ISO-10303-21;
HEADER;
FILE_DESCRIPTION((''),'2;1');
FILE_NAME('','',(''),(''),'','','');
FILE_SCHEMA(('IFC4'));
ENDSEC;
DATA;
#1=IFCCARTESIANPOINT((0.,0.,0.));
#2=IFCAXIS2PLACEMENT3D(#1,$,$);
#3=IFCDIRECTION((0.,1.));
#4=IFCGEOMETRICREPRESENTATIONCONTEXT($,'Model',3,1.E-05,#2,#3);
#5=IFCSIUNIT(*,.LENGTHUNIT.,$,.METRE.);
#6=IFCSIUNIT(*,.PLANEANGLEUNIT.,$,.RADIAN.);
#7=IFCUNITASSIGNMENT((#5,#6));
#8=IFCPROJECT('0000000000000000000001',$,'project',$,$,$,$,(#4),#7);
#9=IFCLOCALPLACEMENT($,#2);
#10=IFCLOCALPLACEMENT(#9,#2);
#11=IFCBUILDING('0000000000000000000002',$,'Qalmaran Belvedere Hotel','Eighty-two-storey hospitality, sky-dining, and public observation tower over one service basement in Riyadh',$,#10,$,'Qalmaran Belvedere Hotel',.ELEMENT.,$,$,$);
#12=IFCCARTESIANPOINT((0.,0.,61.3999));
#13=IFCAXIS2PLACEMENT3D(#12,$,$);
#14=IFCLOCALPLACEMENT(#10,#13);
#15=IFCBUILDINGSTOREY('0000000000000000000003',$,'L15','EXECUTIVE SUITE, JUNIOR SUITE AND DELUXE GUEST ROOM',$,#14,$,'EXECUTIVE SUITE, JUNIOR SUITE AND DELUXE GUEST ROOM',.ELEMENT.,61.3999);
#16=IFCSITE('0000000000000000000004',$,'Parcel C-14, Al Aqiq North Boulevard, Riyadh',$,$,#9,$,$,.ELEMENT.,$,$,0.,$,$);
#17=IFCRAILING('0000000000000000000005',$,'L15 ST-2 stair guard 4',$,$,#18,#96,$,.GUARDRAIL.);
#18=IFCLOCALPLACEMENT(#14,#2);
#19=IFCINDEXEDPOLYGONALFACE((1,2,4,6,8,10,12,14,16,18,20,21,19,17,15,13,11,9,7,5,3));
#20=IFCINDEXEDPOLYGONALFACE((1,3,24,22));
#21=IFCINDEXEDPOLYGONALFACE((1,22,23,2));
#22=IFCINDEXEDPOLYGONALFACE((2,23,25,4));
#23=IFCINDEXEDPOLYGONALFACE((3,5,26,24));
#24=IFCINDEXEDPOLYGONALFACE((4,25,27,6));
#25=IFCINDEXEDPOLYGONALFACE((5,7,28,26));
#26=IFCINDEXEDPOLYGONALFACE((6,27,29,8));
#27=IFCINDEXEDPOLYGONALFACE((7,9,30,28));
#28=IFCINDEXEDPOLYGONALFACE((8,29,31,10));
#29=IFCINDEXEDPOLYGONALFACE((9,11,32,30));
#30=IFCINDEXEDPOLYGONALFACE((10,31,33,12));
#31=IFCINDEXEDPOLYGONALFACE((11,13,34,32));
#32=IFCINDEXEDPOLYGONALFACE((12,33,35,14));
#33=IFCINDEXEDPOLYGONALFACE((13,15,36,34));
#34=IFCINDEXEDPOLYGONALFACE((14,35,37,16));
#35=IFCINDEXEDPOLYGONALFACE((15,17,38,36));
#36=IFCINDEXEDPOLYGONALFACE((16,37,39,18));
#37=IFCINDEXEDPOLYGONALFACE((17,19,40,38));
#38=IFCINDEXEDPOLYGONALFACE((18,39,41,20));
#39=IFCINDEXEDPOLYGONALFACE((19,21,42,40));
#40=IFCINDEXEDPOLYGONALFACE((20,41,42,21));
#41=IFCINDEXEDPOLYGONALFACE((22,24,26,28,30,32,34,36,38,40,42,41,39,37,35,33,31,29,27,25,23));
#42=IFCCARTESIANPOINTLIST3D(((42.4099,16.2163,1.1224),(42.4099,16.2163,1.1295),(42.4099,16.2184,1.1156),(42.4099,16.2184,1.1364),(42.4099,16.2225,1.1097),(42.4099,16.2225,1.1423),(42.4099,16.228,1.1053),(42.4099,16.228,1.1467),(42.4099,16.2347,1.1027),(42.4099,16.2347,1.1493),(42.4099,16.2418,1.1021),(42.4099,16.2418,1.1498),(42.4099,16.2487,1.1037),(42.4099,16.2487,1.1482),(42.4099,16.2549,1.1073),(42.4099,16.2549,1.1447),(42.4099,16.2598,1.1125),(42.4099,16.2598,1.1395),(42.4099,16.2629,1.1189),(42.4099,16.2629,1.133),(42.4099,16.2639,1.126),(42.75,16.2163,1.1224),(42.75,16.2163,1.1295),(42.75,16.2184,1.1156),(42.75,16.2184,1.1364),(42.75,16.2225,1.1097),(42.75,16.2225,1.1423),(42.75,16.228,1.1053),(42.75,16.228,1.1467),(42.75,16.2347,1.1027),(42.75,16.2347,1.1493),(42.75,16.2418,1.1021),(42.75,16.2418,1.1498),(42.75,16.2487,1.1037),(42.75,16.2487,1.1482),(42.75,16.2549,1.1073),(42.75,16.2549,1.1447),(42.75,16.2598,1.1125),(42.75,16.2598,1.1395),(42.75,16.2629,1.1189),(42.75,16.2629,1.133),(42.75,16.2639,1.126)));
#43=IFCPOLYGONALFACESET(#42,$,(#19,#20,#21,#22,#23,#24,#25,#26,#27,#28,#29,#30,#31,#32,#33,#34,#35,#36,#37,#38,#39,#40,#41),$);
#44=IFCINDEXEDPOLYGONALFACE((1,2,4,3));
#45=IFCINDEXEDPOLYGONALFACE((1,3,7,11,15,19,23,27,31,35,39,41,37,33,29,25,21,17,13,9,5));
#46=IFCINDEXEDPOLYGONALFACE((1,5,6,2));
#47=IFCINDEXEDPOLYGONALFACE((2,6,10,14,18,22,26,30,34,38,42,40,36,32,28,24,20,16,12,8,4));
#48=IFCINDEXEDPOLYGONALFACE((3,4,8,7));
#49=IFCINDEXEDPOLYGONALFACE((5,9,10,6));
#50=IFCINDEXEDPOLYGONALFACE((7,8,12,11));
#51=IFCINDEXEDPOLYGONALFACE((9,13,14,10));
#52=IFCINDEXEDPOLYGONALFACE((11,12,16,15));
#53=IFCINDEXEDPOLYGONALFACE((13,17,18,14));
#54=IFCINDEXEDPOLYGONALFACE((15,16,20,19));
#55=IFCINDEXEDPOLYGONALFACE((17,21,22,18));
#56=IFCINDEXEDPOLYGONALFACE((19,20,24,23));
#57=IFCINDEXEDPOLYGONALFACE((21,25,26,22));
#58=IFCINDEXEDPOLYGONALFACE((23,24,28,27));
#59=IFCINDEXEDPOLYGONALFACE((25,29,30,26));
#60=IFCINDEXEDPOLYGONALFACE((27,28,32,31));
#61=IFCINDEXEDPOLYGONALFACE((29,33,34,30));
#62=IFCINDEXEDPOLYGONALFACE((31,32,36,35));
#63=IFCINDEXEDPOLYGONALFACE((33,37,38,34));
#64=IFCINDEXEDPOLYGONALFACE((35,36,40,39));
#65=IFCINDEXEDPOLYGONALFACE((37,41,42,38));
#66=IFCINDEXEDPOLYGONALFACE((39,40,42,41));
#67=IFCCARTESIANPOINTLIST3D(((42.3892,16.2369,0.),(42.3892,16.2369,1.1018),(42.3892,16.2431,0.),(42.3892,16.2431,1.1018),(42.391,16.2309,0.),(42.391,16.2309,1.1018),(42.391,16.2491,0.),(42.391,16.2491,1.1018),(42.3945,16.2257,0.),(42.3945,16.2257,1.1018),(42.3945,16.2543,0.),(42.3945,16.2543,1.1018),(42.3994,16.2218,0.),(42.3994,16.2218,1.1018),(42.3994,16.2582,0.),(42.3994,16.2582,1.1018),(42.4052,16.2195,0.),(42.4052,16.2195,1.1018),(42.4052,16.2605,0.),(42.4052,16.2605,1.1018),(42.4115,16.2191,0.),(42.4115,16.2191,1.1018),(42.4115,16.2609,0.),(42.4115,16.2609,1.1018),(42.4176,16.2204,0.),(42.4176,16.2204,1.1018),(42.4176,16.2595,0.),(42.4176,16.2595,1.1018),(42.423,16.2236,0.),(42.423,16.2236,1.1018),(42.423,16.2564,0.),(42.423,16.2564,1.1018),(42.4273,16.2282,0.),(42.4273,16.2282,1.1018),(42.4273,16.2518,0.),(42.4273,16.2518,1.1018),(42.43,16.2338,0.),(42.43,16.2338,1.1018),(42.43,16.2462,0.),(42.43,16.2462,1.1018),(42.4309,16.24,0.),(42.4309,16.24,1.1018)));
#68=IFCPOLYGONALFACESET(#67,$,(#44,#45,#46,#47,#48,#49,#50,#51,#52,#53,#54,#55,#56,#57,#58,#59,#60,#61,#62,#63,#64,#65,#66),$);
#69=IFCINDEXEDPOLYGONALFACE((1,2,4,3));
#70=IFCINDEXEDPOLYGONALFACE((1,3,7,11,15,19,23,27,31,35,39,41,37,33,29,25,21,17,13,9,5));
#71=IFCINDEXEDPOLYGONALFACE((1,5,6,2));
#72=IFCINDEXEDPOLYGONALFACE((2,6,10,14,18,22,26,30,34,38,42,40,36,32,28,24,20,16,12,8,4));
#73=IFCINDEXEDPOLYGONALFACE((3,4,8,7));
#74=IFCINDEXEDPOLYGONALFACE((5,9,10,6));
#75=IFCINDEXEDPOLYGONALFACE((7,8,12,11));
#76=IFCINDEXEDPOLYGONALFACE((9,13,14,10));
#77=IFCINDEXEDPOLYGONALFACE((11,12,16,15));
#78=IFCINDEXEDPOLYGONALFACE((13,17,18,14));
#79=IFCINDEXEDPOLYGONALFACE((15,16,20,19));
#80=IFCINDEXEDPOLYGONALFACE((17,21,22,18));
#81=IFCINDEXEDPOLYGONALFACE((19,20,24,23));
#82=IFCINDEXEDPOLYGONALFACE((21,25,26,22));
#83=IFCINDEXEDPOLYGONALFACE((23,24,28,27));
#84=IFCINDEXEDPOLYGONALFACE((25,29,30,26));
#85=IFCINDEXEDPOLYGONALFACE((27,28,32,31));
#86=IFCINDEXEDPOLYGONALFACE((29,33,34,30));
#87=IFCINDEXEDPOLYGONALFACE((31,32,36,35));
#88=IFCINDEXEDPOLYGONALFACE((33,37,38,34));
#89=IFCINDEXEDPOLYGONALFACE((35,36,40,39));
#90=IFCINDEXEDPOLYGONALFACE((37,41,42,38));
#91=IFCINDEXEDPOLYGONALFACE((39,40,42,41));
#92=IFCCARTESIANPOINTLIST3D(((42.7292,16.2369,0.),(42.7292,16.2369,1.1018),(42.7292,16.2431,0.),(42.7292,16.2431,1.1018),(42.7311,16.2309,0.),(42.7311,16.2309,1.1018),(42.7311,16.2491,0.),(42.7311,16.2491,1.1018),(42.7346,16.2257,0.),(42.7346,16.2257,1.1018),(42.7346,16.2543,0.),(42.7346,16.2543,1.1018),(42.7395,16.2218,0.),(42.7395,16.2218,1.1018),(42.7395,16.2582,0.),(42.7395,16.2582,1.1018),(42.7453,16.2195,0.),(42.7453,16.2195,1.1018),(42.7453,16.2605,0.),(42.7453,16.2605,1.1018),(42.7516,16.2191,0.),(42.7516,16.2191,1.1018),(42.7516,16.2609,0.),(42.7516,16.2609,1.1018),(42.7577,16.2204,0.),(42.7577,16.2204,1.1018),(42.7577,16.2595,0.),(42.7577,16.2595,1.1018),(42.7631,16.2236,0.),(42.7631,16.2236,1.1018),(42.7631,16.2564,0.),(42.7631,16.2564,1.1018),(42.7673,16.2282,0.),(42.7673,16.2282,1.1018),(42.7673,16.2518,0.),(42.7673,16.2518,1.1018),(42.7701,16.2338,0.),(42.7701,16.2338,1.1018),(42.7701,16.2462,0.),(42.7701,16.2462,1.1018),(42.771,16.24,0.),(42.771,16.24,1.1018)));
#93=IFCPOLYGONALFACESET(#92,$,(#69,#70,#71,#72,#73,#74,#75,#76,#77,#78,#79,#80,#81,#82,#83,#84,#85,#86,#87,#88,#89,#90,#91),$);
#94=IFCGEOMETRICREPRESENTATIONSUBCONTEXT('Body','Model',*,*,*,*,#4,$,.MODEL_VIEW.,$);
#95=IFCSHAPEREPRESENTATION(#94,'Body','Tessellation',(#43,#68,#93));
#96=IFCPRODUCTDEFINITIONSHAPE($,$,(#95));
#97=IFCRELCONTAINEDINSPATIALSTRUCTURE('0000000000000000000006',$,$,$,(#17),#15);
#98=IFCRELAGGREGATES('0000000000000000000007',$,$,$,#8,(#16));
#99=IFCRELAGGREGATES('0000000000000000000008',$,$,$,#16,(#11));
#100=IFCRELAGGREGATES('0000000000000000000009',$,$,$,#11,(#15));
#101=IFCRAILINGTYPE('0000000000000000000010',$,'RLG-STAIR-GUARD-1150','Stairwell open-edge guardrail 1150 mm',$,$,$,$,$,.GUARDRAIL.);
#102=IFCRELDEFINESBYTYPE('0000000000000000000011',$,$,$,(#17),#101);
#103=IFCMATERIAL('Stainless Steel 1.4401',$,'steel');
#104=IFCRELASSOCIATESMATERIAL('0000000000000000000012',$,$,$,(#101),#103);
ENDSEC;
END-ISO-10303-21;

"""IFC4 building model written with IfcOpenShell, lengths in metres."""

from ifc_helpers import new_model, si_unit, direction, frame, origin, origin_2d, place, context, subcontext, project, spatial, circle, extrude, material, type_object, element, save


model = new_model("IFC4")

# Units and contexts
model_context = context("Model", 3, precision=1e-05, world=origin(), true_north=direction((0.0, 1.0)))
body_context = subcontext(model_context, "Body", "Model", "MODEL_VIEW")
ifc_project = project(units=[si_unit("LENGTHUNIT", "METRE"), si_unit("PLANEANGLEUNIT", "RADIAN")], contexts=[model_context])

# Site, building, storey
site_placement = place(None, origin())
site = spatial("IfcSite", under=ifc_project, at=site_placement, Name="Parcel C-14, Al Aqiq North Boulevard, Riyadh", CompositionType="ELEMENT", RefElevation=0.0)
building_placement = place(site_placement, origin())
building = spatial("IfcBuilding", under=site, at=building_placement, Name="Qalmaran Belvedere Hotel", Description="Eighty-two-storey hospitality, sky-dining, and public observation tower over one service basement in Riyadh", LongName="Qalmaran Belvedere Hotel", CompositionType="ELEMENT")
storey_placement = place(building_placement, frame((0.0, 0.0, 61.3999)))
storey = spatial("IfcBuildingStorey", under=building, at=storey_placement, Name="L15", Description="EXECUTIVE SUITE, JUNIOR SUITE AND DELUXE GUEST ROOM", LongName="EXECUTIVE SUITE, JUNIOR SUITE AND DELUXE GUEST ROOM", CompositionType="ELEMENT", Elevation=61.3999)

# Shared definitions
ifc_material_1 = material(Name="Stainless Steel 1.4401", Category="steel")

# Railing
railing_type_1 = type_object("IfcRailingType", Name="RLG-STAIR-GUARD-1150", Description="Stairwell open-edge guardrail 1150 mm", PredefinedType="GUARDRAIL", material=ifc_material_1)
railing_1_placement = place(storey_placement, frame((42.4099, 16.24, 0.0)))
element("IfcRailing", 1, at=railing_1_placement, inside=storey, type_object=railing_type_1, Name="L15 ST-2 stair guard 4", PredefinedType="GUARDRAIL", context=body_context, shape_type="SweptSolid", body=[
    extrude(circle(Radius=0.0239, at=origin_2d()), frame((0.0, 0.0, 1.126), z_axis=(1.0, 0.0, 0.0), x_axis=(0.0, 1.0, 0.0)), (0.0, 0.0, 1.0), 0.3401),
    extrude(circle(Radius=0.021, at=origin_2d()), origin(), (0.0, 0.0, 1.0), 1.1018),
    extrude(circle(Radius=0.021, at=origin_2d()), frame((0.3401, 0.0, 0.0)), (0.0, 0.0, 1.0), 1.1018),
])

save(model, "model.ifc")
